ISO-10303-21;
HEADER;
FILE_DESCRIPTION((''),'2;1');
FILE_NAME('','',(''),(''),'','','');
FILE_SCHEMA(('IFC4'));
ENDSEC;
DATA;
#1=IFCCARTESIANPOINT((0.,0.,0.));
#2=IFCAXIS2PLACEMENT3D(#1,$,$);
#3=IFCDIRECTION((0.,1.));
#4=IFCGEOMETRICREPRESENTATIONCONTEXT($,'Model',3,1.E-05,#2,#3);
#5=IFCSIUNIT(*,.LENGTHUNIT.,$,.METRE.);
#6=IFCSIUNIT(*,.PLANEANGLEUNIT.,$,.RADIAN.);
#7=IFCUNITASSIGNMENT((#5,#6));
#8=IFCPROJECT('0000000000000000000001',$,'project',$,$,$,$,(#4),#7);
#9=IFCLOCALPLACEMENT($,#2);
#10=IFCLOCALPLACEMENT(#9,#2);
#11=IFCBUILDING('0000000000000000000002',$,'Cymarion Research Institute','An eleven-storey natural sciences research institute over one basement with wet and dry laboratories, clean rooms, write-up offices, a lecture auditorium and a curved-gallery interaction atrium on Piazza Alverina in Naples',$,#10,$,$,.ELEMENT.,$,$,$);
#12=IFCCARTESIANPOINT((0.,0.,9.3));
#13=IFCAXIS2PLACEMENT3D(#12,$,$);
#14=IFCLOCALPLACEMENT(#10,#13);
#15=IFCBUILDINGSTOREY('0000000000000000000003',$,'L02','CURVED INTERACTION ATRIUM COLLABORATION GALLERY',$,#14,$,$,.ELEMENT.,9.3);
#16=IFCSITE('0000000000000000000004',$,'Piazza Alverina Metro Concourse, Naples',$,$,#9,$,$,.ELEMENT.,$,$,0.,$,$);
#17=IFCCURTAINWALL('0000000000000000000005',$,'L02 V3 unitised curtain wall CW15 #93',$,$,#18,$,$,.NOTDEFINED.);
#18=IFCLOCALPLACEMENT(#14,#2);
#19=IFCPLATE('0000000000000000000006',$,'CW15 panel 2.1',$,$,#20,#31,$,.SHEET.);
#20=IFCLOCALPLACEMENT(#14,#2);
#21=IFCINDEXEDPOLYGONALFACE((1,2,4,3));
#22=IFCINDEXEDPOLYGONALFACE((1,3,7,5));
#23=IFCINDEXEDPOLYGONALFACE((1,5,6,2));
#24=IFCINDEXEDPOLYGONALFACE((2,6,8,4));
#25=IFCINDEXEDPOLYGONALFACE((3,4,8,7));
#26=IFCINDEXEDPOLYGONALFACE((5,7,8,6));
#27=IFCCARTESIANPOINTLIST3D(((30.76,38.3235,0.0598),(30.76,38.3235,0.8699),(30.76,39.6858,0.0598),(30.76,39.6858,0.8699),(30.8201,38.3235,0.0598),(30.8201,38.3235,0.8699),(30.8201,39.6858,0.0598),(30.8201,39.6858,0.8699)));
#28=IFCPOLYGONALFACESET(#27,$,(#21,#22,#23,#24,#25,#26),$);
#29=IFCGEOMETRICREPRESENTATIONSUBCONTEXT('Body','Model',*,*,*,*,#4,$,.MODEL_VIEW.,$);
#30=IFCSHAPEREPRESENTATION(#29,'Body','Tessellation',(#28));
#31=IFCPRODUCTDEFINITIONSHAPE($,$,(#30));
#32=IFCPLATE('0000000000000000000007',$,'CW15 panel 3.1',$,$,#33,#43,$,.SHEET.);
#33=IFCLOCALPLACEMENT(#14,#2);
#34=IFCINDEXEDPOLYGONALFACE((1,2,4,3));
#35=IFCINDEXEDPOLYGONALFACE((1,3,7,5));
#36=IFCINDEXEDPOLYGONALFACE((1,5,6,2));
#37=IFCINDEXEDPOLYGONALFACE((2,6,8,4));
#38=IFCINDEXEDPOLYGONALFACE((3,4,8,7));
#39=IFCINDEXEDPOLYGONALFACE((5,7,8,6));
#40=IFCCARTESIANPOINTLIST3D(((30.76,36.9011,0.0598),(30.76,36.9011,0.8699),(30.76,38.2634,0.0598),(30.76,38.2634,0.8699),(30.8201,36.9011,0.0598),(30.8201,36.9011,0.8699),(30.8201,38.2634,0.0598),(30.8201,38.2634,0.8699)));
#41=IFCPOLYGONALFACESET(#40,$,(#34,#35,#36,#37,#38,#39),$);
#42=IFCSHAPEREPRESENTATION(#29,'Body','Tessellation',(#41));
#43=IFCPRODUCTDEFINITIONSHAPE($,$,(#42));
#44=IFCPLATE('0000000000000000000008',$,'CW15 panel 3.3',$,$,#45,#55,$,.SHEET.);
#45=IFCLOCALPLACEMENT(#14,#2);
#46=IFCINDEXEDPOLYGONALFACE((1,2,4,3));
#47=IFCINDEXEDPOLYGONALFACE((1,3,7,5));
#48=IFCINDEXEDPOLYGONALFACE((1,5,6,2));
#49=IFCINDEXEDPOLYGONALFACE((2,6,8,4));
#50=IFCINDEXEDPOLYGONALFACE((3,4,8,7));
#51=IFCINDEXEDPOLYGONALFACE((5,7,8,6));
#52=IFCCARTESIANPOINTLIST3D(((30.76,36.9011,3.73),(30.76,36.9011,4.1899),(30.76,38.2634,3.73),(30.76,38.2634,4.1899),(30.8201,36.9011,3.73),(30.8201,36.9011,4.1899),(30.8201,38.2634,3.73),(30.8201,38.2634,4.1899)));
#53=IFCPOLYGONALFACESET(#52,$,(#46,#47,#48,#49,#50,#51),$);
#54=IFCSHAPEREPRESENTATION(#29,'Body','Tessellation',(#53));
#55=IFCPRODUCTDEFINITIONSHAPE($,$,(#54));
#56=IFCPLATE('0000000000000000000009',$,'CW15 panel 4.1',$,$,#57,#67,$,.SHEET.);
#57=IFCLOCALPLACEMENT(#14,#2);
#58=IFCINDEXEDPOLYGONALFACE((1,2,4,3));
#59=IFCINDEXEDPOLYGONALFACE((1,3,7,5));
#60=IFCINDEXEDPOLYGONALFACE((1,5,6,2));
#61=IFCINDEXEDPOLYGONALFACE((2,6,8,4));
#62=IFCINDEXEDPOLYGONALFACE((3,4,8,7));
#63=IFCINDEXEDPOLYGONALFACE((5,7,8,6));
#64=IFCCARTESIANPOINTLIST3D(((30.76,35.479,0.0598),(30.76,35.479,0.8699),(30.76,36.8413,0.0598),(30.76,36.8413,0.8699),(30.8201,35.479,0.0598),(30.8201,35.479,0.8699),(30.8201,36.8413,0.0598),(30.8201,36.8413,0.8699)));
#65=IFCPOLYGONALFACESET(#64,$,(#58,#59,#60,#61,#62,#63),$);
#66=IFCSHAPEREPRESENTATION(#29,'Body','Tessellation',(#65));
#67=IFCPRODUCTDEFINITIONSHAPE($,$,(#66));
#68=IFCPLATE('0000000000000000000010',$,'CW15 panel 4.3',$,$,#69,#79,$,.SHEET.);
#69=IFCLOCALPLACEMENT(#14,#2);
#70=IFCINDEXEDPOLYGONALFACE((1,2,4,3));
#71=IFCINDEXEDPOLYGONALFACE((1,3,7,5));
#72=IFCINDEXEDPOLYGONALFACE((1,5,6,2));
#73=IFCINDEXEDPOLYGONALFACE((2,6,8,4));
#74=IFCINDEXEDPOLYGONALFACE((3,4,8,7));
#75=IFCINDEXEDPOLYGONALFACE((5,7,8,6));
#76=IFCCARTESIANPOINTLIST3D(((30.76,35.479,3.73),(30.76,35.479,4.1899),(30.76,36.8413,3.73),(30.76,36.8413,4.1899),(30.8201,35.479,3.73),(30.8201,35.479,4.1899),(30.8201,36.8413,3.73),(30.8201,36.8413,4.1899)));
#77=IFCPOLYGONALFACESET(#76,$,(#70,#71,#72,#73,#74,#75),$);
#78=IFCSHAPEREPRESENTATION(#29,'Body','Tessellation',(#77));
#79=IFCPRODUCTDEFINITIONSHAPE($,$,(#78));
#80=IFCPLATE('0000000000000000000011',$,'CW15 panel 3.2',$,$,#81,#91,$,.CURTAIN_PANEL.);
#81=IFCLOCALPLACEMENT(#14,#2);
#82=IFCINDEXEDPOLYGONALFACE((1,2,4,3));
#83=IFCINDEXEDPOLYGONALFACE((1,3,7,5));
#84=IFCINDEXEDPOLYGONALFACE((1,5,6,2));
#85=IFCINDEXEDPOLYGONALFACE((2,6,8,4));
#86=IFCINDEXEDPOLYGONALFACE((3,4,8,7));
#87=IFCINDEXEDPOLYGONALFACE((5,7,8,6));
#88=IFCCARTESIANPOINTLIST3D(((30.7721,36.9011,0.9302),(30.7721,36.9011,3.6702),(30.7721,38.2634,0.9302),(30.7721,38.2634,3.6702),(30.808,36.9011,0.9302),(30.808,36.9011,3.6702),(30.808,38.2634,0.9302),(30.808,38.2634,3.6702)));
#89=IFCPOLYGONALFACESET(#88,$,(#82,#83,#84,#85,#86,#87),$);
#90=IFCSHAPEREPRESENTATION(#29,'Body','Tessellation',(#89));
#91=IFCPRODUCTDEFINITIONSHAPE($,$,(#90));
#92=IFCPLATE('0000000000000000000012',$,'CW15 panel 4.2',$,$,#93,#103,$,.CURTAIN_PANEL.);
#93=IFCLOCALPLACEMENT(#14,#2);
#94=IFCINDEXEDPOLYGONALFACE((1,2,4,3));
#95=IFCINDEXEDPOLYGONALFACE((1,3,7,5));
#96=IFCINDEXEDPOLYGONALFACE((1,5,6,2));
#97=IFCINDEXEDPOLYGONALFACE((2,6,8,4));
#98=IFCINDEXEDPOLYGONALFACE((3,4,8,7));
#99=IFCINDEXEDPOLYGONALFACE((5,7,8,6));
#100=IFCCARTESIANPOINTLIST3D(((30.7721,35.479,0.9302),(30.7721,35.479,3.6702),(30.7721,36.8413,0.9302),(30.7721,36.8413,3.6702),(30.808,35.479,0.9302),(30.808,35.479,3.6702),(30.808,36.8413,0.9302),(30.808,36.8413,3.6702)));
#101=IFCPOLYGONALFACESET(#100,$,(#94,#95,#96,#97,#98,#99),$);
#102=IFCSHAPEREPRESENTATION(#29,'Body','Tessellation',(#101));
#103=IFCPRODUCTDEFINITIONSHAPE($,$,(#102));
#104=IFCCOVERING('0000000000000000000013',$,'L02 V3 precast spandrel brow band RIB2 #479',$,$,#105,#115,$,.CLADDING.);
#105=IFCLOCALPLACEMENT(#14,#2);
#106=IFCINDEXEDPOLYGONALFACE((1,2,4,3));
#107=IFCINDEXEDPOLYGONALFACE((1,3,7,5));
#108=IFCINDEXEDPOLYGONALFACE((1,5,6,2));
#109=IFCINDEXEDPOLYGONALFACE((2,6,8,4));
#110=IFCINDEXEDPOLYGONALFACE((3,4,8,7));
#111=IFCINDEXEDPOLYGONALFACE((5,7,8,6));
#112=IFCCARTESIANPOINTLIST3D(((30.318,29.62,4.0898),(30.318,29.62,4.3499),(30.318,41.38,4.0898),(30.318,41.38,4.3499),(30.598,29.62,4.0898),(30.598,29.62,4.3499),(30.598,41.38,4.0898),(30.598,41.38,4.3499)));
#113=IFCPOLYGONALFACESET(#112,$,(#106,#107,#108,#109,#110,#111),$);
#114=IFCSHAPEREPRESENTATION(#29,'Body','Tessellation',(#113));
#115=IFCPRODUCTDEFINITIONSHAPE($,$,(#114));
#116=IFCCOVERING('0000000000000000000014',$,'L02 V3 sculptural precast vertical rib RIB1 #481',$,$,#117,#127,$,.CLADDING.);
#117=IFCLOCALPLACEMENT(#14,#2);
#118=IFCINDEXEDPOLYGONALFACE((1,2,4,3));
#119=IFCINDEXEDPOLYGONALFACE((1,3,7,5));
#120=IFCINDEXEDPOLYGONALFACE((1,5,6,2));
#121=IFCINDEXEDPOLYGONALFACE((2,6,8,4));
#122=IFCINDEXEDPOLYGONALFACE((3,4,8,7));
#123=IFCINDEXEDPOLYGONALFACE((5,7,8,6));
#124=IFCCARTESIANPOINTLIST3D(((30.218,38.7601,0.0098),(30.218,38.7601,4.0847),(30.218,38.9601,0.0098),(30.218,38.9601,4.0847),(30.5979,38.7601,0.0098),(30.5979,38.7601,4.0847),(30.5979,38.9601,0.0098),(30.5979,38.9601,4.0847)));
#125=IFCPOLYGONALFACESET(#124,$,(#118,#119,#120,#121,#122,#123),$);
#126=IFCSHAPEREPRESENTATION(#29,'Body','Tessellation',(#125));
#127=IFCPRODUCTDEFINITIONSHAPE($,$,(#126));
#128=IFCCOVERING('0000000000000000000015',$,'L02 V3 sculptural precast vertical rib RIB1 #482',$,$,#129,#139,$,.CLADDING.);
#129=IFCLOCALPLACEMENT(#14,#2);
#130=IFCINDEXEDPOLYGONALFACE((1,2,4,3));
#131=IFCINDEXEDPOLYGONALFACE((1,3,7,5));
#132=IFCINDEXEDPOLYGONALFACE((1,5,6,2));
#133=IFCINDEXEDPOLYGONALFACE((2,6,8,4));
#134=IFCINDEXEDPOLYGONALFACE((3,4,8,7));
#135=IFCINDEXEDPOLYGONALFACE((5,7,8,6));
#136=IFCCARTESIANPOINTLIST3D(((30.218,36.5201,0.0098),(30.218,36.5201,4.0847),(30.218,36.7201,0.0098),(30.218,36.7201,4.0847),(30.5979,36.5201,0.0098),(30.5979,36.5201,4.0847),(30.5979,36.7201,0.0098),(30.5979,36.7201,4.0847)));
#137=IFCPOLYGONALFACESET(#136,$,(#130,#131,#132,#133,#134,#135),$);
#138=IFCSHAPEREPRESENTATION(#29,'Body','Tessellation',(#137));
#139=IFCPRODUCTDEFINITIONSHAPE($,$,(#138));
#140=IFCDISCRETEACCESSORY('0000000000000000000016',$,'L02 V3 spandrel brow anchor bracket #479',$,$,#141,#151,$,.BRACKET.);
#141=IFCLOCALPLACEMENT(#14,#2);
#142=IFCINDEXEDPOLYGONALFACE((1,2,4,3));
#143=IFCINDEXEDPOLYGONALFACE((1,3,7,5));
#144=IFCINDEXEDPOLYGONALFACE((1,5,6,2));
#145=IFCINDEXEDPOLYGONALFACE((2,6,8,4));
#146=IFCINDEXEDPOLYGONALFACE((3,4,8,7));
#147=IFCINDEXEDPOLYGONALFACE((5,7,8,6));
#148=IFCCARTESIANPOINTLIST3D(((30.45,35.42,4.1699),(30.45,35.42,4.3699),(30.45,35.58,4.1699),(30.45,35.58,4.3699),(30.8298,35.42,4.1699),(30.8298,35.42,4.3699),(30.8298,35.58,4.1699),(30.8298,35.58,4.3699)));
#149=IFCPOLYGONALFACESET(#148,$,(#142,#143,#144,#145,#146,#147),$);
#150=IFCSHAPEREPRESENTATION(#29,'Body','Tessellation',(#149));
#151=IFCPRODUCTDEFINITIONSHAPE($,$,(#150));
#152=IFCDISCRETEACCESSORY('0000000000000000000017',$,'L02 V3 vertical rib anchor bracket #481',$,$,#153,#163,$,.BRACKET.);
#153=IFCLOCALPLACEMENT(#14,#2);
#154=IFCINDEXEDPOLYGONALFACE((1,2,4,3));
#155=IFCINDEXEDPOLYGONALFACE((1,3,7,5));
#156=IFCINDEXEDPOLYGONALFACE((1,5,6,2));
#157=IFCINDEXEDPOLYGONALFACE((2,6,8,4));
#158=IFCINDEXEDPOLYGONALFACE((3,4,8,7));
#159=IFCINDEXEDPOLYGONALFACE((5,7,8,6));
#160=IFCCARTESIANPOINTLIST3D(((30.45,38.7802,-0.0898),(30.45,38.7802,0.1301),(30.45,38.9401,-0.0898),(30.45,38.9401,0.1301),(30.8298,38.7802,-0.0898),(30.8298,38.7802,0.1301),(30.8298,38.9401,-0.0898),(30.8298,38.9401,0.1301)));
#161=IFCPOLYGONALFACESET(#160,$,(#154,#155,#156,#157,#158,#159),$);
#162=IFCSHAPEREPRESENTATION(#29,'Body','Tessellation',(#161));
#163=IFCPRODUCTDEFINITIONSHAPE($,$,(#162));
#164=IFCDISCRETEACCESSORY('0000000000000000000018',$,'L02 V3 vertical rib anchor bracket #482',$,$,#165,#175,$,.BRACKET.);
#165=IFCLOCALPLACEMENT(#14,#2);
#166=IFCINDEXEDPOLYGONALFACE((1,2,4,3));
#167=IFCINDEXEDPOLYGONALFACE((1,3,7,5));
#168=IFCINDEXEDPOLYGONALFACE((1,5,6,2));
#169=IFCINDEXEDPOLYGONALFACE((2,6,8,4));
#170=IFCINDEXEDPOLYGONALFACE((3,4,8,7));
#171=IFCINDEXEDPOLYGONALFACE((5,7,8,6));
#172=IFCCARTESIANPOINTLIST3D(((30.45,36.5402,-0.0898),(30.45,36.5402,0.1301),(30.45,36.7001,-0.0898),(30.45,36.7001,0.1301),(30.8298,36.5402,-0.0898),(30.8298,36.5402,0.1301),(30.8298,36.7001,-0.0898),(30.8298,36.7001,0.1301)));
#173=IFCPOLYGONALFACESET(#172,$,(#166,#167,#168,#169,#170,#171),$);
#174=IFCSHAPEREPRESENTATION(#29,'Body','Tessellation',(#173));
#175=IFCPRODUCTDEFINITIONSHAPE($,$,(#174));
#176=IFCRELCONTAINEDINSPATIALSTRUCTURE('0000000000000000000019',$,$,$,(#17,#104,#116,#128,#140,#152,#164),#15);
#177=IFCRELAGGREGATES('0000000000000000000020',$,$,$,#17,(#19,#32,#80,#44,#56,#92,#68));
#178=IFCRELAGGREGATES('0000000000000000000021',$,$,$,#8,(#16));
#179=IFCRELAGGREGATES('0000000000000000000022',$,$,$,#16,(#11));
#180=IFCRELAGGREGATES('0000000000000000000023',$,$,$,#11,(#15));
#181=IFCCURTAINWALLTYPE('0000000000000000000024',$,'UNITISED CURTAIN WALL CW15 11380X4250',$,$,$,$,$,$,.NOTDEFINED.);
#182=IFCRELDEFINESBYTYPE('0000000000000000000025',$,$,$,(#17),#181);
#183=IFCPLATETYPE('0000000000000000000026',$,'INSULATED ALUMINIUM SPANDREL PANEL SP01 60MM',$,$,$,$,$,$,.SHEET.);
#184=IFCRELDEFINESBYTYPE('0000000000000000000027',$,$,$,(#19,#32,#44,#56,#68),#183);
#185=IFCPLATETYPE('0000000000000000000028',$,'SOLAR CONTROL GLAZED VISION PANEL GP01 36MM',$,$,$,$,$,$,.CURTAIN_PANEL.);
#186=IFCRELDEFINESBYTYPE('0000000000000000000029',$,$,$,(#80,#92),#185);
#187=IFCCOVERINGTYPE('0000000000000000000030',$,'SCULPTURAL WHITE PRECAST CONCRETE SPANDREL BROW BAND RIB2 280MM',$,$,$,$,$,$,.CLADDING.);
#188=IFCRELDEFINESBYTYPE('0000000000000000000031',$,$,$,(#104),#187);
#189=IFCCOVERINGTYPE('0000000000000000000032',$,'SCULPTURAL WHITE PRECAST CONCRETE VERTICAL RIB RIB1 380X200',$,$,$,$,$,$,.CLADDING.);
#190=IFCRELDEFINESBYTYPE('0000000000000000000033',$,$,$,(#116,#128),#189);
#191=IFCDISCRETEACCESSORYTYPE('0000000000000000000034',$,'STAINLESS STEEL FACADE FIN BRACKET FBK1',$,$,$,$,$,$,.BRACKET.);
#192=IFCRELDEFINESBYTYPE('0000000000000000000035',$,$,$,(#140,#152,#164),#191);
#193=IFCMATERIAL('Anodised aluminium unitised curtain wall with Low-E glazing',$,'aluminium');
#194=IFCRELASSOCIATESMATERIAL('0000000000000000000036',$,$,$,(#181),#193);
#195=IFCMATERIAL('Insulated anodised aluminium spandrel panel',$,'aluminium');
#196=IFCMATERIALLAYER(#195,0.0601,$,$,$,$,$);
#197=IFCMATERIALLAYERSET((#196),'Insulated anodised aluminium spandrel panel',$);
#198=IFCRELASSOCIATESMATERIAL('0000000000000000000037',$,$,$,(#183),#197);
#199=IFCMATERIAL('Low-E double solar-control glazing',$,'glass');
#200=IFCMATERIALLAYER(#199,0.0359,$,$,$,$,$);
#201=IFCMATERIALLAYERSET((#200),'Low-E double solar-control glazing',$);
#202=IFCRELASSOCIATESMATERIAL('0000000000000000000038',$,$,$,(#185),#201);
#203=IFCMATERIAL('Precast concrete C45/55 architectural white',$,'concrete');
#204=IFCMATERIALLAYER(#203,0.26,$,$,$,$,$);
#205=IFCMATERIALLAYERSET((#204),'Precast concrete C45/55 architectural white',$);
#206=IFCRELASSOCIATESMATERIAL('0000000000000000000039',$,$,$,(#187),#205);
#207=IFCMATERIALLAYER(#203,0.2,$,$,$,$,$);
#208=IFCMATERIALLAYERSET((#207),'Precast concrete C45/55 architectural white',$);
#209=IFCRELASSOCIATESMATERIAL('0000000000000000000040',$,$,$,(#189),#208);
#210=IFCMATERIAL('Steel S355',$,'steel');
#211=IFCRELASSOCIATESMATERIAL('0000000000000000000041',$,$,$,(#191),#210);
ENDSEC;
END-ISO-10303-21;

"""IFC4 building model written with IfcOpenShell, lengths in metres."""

from ifc_helpers import new_model, si_unit, direction, frame, origin, origin_2d, place, context, subcontext, project, spatial, rectangle, extrude, material, layer, layer_set, type_object, element, aggregate, save


model = new_model("IFC4")

# Units and contexts
model_context = context("Model", 3, precision=1e-05, world=origin(), true_north=direction((0.0, 1.0)))
body_context = subcontext(model_context, "Body", "Model", "MODEL_VIEW")
ifc_project = project(units=[si_unit("LENGTHUNIT", "METRE"), si_unit("PLANEANGLEUNIT", "RADIAN")], contexts=[model_context])

# Site, building, storey
site_placement = place(None, origin())
site = spatial("IfcSite", under=ifc_project, at=site_placement, Name="Piazza Alverina Metro Concourse, Naples", CompositionType="ELEMENT", RefElevation=0.0)
building_placement = place(site_placement, origin())
building = spatial("IfcBuilding", under=site, at=building_placement, Name="Cymarion Research Institute", Description="An eleven-storey natural sciences research institute over one basement with wet and dry laboratories, clean rooms, write-up offices, a lecture auditorium and a curved-gallery interaction atrium on Piazza Alverina in Naples", CompositionType="ELEMENT")
storey_placement = place(building_placement, frame((0.0, 0.0, 9.3)))
storey = spatial("IfcBuildingStorey", under=building, at=storey_placement, Name="L02", Description="CURVED INTERACTION ATRIUM COLLABORATION GALLERY", CompositionType="ELEMENT", Elevation=9.3)

# Curtain wall, plates
ifc_material_1 = material(Name="Anodised aluminium unitised curtain wall with Low-E glazing", Category="aluminium")
curtain_wall_type = type_object("IfcCurtainWallType", Name="UNITISED CURTAIN WALL CW15 11380X4250", PredefinedType="NOTDEFINED", material=ifc_material_1)
curtain_wall_placement = place(storey_placement, origin())
curtain_wall = element("IfcCurtainWall", 1, at=curtain_wall_placement, inside=storey, type_object=curtain_wall_type, Name="L02 V3 unitised curtain wall CW15 #93", PredefinedType="NOTDEFINED")
ifc_material_2 = material(Name="Insulated anodised aluminium spandrel panel", Category="aluminium")
ifc_layer_1 = layer(ifc_material_2, 0.0601)
ifc_layer_set_1 = layer_set([ifc_layer_1], Name="Insulated anodised aluminium spandrel panel")
plate_type_1 = type_object("IfcPlateType", Name="INSULATED ALUMINIUM SPANDREL PANEL SP01 60MM", PredefinedType="SHEET", material=ifc_layer_set_1)
plate_1_placement = place(storey_placement, frame((30.79, 39.0046, 0.0598), z_axis=(0.0, 0.0, 1.0), x_axis=(0.0, -1.0, 0.0)))
plate_1 = element("IfcPlate", 2, at=plate_1_placement, type_object=plate_type_1, Name="CW15 panel 2.1", PredefinedType="SHEET", context=body_context, shape_type="SweptSolid", body=[
    extrude(rectangle(XDim=1.3623, YDim=0.0601, at=origin_2d()), origin(), (0.0, 0.0, 1.0), 0.8101),
])
plate_2_placement = place(storey_placement, frame((30.79, 37.5823, 0.0598), z_axis=(0.0, 0.0, 1.0), x_axis=(0.0, -1.0, 0.0)))
plate_2 = element("IfcPlate", 3, at=plate_2_placement, type_object=plate_type_1, Name="CW15 panel 3.1", PredefinedType="SHEET", context=body_context, shape_type="SweptSolid", body=[
    extrude(rectangle(XDim=1.3623, YDim=0.0601, at=origin_2d()), origin(), (0.0, 0.0, 1.0), 0.8101),
])
plate_3_placement = place(storey_placement, frame((30.79, 37.5823, 3.73), z_axis=(0.0, 0.0, 1.0), x_axis=(0.0, -1.0, 0.0)))
plate_3 = element("IfcPlate", 4, at=plate_3_placement, type_object=plate_type_1, Name="CW15 panel 3.3", PredefinedType="SHEET", context=body_context, shape_type="SweptSolid", body=[
    extrude(rectangle(XDim=1.3623, YDim=0.0601, at=origin_2d()), origin(), (0.0, 0.0, 1.0), 0.46),
])
plate_4_placement = place(storey_placement, frame((30.79, 36.1602, 0.0598), z_axis=(0.0, 0.0, 1.0), x_axis=(0.0, -1.0, 0.0)))
plate_4 = element("IfcPlate", 5, at=plate_4_placement, type_object=plate_type_1, Name="CW15 panel 4.1", PredefinedType="SHEET", context=body_context, shape_type="SweptSolid", body=[
    extrude(rectangle(XDim=1.3623, YDim=0.0601, at=origin_2d()), origin(), (0.0, 0.0, 1.0), 0.8101),
])
plate_5_placement = place(storey_placement, frame((30.79, 36.1602, 3.73), z_axis=(0.0, 0.0, 1.0), x_axis=(0.0, -1.0, 0.0)))
plate_5 = element("IfcPlate", 6, at=plate_5_placement, type_object=plate_type_1, Name="CW15 panel 4.3", PredefinedType="SHEET", context=body_context, shape_type="SweptSolid", body=[
    extrude(rectangle(XDim=1.3623, YDim=0.0601, at=origin_2d()), origin(), (0.0, 0.0, 1.0), 0.46),
])
ifc_material_3 = material(Name="Low-E double solar-control glazing", Category="glass")
ifc_layer_2 = layer(ifc_material_3, 0.0359)
ifc_layer_set_2 = layer_set([ifc_layer_2], Name="Low-E double solar-control glazing")
plate_type_2 = type_object("IfcPlateType", Name="SOLAR CONTROL GLAZED VISION PANEL GP01 36MM", PredefinedType="CURTAIN_PANEL", material=ifc_layer_set_2)
plate_6_placement = place(storey_placement, frame((30.79, 37.5823, 0.9302), z_axis=(0.0, 0.0, 1.0), x_axis=(0.0, -1.0, 0.0)))
plate_6 = element("IfcPlate", 7, at=plate_6_placement, type_object=plate_type_2, Name="CW15 panel 3.2", PredefinedType="CURTAIN_PANEL", context=body_context, shape_type="SweptSolid", body=[
    extrude(rectangle(XDim=1.3623, YDim=0.0359, at=origin_2d()), origin(), (0.0, 0.0, 1.0), 2.74),
])
plate_7_placement = place(storey_placement, frame((30.79, 36.1602, 0.9302), z_axis=(0.0, 0.0, 1.0), x_axis=(0.0, -1.0, 0.0)))
plate_7 = element("IfcPlate", 8, at=plate_7_placement, type_object=plate_type_2, Name="CW15 panel 4.2", PredefinedType="CURTAIN_PANEL", context=body_context, shape_type="SweptSolid", body=[
    extrude(rectangle(XDim=1.3623, YDim=0.0359, at=origin_2d()), origin(), (0.0, 0.0, 1.0), 2.74),
])
aggregate(curtain_wall, [plate_1, plate_2, plate_6, plate_3, plate_4, plate_7, plate_5])

# Coverings
ifc_material_4 = material(Name="Precast concrete C45/55 architectural white", Category="concrete")
ifc_layer_3 = layer(ifc_material_4, 0.26)
ifc_layer_set_3 = layer_set([ifc_layer_3], Name="Precast concrete C45/55 architectural white")
covering_type_1 = type_object("IfcCoveringType", Name="SCULPTURAL WHITE PRECAST CONCRETE SPANDREL BROW BAND RIB2 280MM", PredefinedType="CLADDING", material=ifc_layer_set_3)
covering_placement = place(storey_placement, frame((30.458, 35.5, 4.0898), z_axis=(0.0, 0.0, 1.0), x_axis=(-1.0, 0.0, 0.0)))
element("IfcCovering", 9, at=covering_placement, inside=storey, type_object=covering_type_1, Name="L02 V3 precast spandrel brow band RIB2 #479", PredefinedType="CLADDING", context=body_context, shape_type="SweptSolid", body=[
    extrude(rectangle(XDim=0.28, YDim=11.76, at=origin_2d()), origin(), (0.0, 0.0, 1.0), 0.26),
])
ifc_layer_4 = layer(ifc_material_4, 0.2)
ifc_layer_set_4 = layer_set([ifc_layer_4], Name="Precast concrete C45/55 architectural white")
covering_type_2 = type_object("IfcCoveringType", Name="SCULPTURAL WHITE PRECAST CONCRETE VERTICAL RIB RIB1 380X200", PredefinedType="CLADDING", material=ifc_layer_set_4)
for number, where, z_axis, x_axis, name in (
    (10, (30.408, 38.8601, 0.0098), (0.0, 0.0, 1.0), (-1.0, 0.0, 0.0), "L02 V3 sculptural precast vertical rib RIB1 #481"),
    (11, (30.408, 36.6201, 0.0098), (0.0, 0.0, 1.0), (-1.0, 0.0, 0.0), "L02 V3 sculptural precast vertical rib RIB1 #482"),
):
    element("IfcCovering", number, at=place(storey_placement, frame(where, z_axis=z_axis, x_axis=x_axis)), inside=storey, type_object=covering_type_2, Name=name, PredefinedType="CLADDING", context=body_context, shape_type="SweptSolid", body=[
        extrude(rectangle(XDim=0.3799, YDim=0.2, at=origin_2d()), origin(), (0.0, 0.0, 1.0), 4.075),
    ])

# Discrete accessories
ifc_material_5 = material(Name="Steel S355", Category="steel")
discrete_accessory_type = type_object("IfcDiscreteAccessoryType", Name="STAINLESS STEEL FACADE FIN BRACKET FBK1", PredefinedType="BRACKET", material=ifc_material_5)
discrete_accessory_placement = place(storey_placement, frame((30.6399, 35.5, 4.1699), z_axis=(0.0, 0.0, 1.0), x_axis=(-1.0, 0.0, 0.0)))
element("IfcDiscreteAccessory", 12, at=discrete_accessory_placement, inside=storey, type_object=discrete_accessory_type, Name="L02 V3 spandrel brow anchor bracket #479", PredefinedType="BRACKET", context=body_context, shape_type="SweptSolid", body=[
    extrude(rectangle(XDim=0.3799, YDim=0.1599, at=origin_2d()), origin(), (0.0, 0.0, 1.0), 0.2),
])
for number, where, z_axis, x_axis, name in (
    (13, (30.6399, 38.8601, -0.0898), (0.0, 0.0, 1.0), (-1.0, 0.0, 0.0), "L02 V3 vertical rib anchor bracket #481"),
    (14, (30.6399, 36.6201, -0.0898), (0.0, 0.0, 1.0), (-1.0, 0.0, 0.0), "L02 V3 vertical rib anchor bracket #482"),
):
    element("IfcDiscreteAccessory", number, at=place(storey_placement, frame(where, z_axis=z_axis, x_axis=x_axis)), inside=storey, type_object=discrete_accessory_type, Name=name, PredefinedType="BRACKET", context=body_context, shape_type="SweptSolid", body=[
        extrude(rectangle(XDim=0.3799, YDim=0.1599, at=origin_2d()), origin(), (0.0, 0.0, 1.0), 0.22),
    ])

save(model, "model.ifc")
